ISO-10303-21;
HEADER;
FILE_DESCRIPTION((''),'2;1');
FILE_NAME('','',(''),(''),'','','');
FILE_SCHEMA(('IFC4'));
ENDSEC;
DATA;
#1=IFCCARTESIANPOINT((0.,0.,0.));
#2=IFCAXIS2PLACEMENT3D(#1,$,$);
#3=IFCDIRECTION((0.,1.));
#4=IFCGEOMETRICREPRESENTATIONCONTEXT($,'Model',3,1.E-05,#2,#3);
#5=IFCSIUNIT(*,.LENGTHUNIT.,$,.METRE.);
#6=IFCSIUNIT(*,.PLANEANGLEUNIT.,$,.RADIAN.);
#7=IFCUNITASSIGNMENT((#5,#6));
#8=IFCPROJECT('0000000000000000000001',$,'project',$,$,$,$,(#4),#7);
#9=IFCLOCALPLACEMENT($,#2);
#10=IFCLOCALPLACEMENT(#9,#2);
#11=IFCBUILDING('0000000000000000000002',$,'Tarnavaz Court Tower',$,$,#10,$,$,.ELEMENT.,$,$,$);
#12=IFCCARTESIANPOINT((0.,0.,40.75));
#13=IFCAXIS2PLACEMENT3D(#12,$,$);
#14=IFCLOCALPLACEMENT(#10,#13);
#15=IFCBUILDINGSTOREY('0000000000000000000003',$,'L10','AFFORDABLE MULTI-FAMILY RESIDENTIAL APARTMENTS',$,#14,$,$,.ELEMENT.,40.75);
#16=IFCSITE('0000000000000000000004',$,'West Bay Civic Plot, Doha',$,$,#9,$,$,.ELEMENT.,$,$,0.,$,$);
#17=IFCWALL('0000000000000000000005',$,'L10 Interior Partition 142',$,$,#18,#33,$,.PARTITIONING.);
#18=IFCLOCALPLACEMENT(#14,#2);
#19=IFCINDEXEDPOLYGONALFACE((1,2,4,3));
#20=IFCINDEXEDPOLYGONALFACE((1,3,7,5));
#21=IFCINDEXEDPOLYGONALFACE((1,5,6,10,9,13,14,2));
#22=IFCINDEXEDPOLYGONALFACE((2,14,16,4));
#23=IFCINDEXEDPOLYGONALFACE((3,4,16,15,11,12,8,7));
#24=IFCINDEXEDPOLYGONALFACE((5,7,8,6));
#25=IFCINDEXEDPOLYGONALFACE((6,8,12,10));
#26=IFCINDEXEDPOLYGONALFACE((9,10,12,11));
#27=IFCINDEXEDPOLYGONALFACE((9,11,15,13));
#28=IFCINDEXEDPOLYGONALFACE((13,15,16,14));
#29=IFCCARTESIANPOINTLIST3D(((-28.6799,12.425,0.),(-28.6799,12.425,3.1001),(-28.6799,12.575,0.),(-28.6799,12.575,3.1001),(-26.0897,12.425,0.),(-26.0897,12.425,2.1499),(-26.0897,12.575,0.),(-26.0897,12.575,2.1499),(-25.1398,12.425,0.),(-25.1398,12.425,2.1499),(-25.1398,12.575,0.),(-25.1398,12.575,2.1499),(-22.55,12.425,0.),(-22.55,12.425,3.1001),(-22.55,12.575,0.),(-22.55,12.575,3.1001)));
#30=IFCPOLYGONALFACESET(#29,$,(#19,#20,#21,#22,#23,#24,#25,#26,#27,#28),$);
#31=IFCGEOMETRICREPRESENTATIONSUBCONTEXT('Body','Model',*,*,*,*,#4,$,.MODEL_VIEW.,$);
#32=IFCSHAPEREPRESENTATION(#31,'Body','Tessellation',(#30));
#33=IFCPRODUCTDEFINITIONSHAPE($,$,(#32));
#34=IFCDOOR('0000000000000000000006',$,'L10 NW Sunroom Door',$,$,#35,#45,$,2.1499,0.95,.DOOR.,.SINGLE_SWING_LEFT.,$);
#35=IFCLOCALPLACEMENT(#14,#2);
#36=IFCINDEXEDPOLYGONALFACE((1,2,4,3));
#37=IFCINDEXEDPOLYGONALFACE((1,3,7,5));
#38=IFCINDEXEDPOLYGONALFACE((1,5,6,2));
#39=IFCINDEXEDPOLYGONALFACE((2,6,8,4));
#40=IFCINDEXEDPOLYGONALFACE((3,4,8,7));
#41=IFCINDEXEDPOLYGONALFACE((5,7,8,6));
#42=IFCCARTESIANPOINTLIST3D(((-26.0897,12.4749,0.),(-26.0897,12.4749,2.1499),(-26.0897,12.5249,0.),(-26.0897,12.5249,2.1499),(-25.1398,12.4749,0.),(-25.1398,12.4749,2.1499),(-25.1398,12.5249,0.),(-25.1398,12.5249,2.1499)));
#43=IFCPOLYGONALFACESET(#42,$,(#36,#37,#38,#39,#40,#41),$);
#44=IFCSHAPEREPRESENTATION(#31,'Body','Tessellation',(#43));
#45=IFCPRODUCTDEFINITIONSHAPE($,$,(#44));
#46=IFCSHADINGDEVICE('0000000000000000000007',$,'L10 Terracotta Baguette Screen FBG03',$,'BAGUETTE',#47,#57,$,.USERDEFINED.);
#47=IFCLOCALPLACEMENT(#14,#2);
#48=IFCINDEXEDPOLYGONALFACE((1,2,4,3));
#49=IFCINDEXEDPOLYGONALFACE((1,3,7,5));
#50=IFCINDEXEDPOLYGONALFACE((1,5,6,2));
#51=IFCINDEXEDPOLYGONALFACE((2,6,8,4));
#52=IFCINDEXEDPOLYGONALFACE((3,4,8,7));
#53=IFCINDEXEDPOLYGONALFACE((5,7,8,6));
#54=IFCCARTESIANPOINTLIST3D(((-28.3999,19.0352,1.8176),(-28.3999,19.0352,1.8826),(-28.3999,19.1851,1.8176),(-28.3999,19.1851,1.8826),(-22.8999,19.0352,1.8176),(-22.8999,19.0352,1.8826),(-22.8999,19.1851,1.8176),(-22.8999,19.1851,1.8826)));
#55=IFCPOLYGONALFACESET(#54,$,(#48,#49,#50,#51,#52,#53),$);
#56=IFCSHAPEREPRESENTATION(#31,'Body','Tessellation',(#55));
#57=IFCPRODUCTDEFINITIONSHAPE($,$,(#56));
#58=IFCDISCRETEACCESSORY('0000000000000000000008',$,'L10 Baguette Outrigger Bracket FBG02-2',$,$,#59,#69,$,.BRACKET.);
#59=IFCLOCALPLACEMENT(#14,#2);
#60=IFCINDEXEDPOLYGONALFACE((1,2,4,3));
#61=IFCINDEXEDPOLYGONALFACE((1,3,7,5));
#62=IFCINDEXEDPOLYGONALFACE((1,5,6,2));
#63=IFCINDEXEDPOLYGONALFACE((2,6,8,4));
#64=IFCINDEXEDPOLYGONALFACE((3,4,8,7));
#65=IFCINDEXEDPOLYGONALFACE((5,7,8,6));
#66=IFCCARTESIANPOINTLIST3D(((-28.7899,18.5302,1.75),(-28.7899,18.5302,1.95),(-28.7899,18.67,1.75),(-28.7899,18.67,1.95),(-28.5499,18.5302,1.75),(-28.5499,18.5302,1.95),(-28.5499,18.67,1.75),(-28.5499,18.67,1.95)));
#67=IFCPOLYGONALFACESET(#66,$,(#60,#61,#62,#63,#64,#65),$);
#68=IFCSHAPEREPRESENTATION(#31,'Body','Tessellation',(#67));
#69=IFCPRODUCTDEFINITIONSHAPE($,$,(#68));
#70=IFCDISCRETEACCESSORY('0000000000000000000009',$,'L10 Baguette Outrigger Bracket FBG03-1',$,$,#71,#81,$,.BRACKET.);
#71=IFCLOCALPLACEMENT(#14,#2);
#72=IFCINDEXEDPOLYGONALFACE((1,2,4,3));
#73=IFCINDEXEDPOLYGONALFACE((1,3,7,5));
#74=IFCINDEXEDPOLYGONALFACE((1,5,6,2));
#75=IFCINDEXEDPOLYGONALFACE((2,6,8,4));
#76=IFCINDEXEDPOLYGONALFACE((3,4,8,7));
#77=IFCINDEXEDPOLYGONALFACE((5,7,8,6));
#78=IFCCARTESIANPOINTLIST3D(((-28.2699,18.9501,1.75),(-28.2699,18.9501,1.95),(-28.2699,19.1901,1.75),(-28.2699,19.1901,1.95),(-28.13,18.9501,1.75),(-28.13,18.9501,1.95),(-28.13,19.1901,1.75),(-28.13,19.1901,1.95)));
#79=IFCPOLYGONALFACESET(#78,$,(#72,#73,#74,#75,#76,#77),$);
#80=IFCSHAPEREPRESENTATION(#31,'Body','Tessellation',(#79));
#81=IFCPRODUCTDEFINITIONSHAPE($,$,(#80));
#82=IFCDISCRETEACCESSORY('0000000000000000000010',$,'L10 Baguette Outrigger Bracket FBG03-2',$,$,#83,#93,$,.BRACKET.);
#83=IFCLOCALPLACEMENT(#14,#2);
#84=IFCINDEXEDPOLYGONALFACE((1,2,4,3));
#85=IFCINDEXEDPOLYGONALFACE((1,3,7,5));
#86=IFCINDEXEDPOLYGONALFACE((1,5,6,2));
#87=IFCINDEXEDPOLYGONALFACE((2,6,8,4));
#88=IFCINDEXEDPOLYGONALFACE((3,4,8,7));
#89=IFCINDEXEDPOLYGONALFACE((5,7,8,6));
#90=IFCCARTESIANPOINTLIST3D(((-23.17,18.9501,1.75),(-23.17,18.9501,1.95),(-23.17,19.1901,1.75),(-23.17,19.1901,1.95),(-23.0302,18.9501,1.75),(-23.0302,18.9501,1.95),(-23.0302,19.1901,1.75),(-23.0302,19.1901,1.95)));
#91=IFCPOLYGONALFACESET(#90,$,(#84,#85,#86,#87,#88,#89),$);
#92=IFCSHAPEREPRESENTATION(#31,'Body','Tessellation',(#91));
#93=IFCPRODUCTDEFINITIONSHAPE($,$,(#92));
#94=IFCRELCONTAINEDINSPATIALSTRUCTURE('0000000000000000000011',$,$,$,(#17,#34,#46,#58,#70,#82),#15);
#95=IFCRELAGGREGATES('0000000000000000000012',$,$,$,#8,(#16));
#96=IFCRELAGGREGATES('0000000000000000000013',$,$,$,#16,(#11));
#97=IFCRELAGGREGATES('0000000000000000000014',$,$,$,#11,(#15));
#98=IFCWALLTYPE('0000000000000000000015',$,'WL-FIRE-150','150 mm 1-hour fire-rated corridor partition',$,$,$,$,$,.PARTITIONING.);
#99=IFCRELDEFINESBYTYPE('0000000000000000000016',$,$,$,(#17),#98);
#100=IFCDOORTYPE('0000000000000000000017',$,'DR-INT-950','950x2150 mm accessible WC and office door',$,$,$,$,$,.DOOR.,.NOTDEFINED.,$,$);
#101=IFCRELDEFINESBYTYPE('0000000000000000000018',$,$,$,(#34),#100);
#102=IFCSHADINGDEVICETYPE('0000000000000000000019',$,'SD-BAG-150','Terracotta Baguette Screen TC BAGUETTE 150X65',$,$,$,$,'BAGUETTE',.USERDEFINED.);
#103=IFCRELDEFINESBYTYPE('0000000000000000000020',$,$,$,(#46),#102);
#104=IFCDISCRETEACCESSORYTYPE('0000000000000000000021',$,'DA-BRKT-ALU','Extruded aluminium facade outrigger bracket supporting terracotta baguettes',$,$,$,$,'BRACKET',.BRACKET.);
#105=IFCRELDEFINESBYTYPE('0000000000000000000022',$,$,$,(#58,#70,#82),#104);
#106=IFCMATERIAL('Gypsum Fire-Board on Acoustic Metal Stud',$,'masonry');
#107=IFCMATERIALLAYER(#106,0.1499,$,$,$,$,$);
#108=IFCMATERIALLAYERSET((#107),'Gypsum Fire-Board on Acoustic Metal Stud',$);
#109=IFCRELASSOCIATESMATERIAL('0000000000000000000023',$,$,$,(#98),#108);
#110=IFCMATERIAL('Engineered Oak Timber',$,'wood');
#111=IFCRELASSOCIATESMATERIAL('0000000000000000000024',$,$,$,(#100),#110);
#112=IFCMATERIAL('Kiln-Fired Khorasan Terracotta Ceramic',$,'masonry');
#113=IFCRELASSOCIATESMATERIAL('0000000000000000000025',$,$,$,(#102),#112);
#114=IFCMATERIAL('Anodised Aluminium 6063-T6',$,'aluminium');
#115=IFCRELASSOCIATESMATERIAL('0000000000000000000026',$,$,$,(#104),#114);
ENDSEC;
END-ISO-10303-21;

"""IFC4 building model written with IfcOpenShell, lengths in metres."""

from ifc_helpers import new_model, si_unit, direction, frame, frame_2d, origin, origin_2d, place, context, subcontext, project, spatial, rectangle, extrude, material, layer, layer_set, material_profile, profile_set, type_object, element, fill, save


model = new_model("IFC4")

# Units and contexts
model_context = context("Model", 3, precision=1e-05, world=origin(), true_north=direction((0.0, 1.0)))
body_context = subcontext(model_context, "Body", "Model", "MODEL_VIEW")
ifc_project = project(units=[si_unit("LENGTHUNIT", "METRE"), si_unit("PLANEANGLEUNIT", "RADIAN")], contexts=[model_context])

# Site, building, storey
site_placement = place(None, origin())
site = spatial("IfcSite", under=ifc_project, at=site_placement, Name="West Bay Civic Plot, Doha", CompositionType="ELEMENT", RefElevation=0.0)
building_placement = place(site_placement, origin())
building = spatial("IfcBuilding", under=site, at=building_placement, Name="Tarnavaz Court Tower", CompositionType="ELEMENT")
storey_placement = place(building_placement, frame((0.0, 0.0, 40.75)))
storey = spatial("IfcBuildingStorey", under=building, at=storey_placement, Name="L10", Description="AFFORDABLE MULTI-FAMILY RESIDENTIAL APARTMENTS", CompositionType="ELEMENT", Elevation=40.75)

# Shared definitions
ifc_material_1 = material(Name="Gypsum Fire-Board on Acoustic Metal Stud", Category="masonry")
ifc_layer_1 = layer(ifc_material_1, 0.1499)
ifc_layer_set_1 = layer_set([ifc_layer_1], Name="Gypsum Fire-Board on Acoustic Metal Stud")
wall_type_1 = type_object("IfcWallType", Name="WL-FIRE-150", Description="150 mm 1-hour fire-rated corridor partition", PredefinedType="PARTITIONING", material=ifc_layer_set_1)

# Wall, opening, door
wall_1_placement = place(storey_placement, frame((-28.6799, 12.5, 0.0), z_axis=(0.0, 0.0, 1.0), x_axis=(1.0, 0.0, 0.0)))
wall_1 = element("IfcWall", 1, at=wall_1_placement, inside=storey, type_object=wall_type_1, Name="L10 Interior Partition 142", PredefinedType="PARTITIONING", context=body_context, shape_type="SweptSolid", body=[
    extrude(rectangle(XDim=6.1299, YDim=0.1499, at=frame_2d((3.0649, 0.0))), origin(), (0.0, 0.0, 1.0), 3.1001),
])
opening_1_placement = place(wall_1_placement, frame((2.5901, 0.0, 0.0)))
opening_1 = element("IfcOpeningElement", 2, at=opening_1_placement, cuts=wall_1, PredefinedType="OPENING", context=body_context, shape_type="SweptSolid", body=[
    extrude(rectangle(XDim=0.95, YDim=2.1499, at=frame_2d((0.4751, 1.075))), frame((0.0, 0.085, 0.0), z_axis=(0.0, -1.0, 0.0), x_axis=(1.0, 0.0, 0.0)), (0.0, 0.0, 1.0), 0.1699),
])
ifc_material_2 = material(Name="Engineered Oak Timber", Category="wood")
door_type_1 = type_object("IfcDoorType", Name="DR-INT-950", Description="950x2150 mm accessible WC and office door", OperationType="NOTDEFINED", PredefinedType="DOOR", material=ifc_material_2)
door_1_placement = place(opening_1_placement, origin())
door_1 = element("IfcDoor", 3, at=door_1_placement, inside=storey, type_object=door_type_1, Name="L10 NW Sunroom Door", OperationType="SINGLE_SWING_LEFT", OverallHeight=2.1499, OverallWidth=0.95, PredefinedType="DOOR", context=body_context, shape_type="SweptSolid", body=[
    extrude(rectangle(XDim=0.95, YDim=2.1499, at=frame_2d((0.4751, 1.075))), frame((0.0, 0.0249, 0.0), z_axis=(0.0, -1.0, 0.0), x_axis=(1.0, 0.0, 0.0)), (0.0, 0.0, 1.0), 0.05),
])
fill(opening_1, door_1)

# Shading device
ifc_material_3 = material(Name="Kiln-Fired Khorasan Terracotta Ceramic", Category="masonry")
ifc_material_profile_1 = material_profile(ifc_material_3, rectangle(XDim=0.1499, YDim=0.0649, at=origin_2d()), Name="TC BAGUETTE 150X65")
ifc_profile_set_1 = profile_set([ifc_material_profile_1], Name="Kiln-Fired Khorasan Terracotta Ceramic")
shading_device_type = type_object("IfcShadingDeviceType", Name="SD-BAG-150", Description="Terracotta Baguette Screen TC BAGUETTE 150X65", ElementType="BAGUETTE", PredefinedType="USERDEFINED", material=ifc_profile_set_1)
shading_device_placement = place(storey_placement, frame((-28.3999, 19.1101, 1.8501), z_axis=(1.0, 0.0, 0.0), x_axis=(0.0, 1.0, 0.0)))
element("IfcShadingDevice", 4, at=shading_device_placement, inside=storey, type_object=shading_device_type, Name="L10 Terracotta Baguette Screen FBG03", ObjectType="BAGUETTE", PredefinedType="USERDEFINED", context=body_context, shape_type="SweptSolid", body=[
    extrude(rectangle(XDim=0.1499, YDim=0.0649, at=origin_2d()), origin(), (0.0, 0.0, 1.0), 5.5),
])

# Discrete accessories
ifc_material_4 = material(Name="Anodised Aluminium 6063-T6", Category="aluminium")
discrete_accessory_type = type_object("IfcDiscreteAccessoryType", Name="DA-BRKT-ALU", Description="Extruded aluminium facade outrigger bracket supporting terracotta baguettes", ElementType="BRACKET", PredefinedType="BRACKET", material=ifc_material_4)
for number, where, z_axis, x_axis, name in (
    (5, (-28.6699, 18.6001, 1.75), (0.0, 0.0, 1.0), (0.0, 1.0, 0.0), "L10 Baguette Outrigger Bracket FBG02-2"),
    (6, (-28.2, 19.0701, 1.75), (0.0, 0.0, 1.0), (1.0, 0.0, 0.0), "L10 Baguette Outrigger Bracket FBG03-1"),
    (7, (-23.1001, 19.0701, 1.75), (0.0, 0.0, 1.0), (1.0, 0.0, 0.0), "L10 Baguette Outrigger Bracket FBG03-2"),
):
    element("IfcDiscreteAccessory", number, at=place(storey_placement, frame(where, z_axis=z_axis, x_axis=x_axis)), inside=storey, type_object=discrete_accessory_type, Name=name, PredefinedType="BRACKET", context=body_context, shape_type="SweptSolid", body=[
        extrude(rectangle(XDim=0.1399, YDim=0.24, at=origin_2d()), origin(), (0.0, 0.0, 1.0), 0.2),
    ])

save(model, "model.ifc")
